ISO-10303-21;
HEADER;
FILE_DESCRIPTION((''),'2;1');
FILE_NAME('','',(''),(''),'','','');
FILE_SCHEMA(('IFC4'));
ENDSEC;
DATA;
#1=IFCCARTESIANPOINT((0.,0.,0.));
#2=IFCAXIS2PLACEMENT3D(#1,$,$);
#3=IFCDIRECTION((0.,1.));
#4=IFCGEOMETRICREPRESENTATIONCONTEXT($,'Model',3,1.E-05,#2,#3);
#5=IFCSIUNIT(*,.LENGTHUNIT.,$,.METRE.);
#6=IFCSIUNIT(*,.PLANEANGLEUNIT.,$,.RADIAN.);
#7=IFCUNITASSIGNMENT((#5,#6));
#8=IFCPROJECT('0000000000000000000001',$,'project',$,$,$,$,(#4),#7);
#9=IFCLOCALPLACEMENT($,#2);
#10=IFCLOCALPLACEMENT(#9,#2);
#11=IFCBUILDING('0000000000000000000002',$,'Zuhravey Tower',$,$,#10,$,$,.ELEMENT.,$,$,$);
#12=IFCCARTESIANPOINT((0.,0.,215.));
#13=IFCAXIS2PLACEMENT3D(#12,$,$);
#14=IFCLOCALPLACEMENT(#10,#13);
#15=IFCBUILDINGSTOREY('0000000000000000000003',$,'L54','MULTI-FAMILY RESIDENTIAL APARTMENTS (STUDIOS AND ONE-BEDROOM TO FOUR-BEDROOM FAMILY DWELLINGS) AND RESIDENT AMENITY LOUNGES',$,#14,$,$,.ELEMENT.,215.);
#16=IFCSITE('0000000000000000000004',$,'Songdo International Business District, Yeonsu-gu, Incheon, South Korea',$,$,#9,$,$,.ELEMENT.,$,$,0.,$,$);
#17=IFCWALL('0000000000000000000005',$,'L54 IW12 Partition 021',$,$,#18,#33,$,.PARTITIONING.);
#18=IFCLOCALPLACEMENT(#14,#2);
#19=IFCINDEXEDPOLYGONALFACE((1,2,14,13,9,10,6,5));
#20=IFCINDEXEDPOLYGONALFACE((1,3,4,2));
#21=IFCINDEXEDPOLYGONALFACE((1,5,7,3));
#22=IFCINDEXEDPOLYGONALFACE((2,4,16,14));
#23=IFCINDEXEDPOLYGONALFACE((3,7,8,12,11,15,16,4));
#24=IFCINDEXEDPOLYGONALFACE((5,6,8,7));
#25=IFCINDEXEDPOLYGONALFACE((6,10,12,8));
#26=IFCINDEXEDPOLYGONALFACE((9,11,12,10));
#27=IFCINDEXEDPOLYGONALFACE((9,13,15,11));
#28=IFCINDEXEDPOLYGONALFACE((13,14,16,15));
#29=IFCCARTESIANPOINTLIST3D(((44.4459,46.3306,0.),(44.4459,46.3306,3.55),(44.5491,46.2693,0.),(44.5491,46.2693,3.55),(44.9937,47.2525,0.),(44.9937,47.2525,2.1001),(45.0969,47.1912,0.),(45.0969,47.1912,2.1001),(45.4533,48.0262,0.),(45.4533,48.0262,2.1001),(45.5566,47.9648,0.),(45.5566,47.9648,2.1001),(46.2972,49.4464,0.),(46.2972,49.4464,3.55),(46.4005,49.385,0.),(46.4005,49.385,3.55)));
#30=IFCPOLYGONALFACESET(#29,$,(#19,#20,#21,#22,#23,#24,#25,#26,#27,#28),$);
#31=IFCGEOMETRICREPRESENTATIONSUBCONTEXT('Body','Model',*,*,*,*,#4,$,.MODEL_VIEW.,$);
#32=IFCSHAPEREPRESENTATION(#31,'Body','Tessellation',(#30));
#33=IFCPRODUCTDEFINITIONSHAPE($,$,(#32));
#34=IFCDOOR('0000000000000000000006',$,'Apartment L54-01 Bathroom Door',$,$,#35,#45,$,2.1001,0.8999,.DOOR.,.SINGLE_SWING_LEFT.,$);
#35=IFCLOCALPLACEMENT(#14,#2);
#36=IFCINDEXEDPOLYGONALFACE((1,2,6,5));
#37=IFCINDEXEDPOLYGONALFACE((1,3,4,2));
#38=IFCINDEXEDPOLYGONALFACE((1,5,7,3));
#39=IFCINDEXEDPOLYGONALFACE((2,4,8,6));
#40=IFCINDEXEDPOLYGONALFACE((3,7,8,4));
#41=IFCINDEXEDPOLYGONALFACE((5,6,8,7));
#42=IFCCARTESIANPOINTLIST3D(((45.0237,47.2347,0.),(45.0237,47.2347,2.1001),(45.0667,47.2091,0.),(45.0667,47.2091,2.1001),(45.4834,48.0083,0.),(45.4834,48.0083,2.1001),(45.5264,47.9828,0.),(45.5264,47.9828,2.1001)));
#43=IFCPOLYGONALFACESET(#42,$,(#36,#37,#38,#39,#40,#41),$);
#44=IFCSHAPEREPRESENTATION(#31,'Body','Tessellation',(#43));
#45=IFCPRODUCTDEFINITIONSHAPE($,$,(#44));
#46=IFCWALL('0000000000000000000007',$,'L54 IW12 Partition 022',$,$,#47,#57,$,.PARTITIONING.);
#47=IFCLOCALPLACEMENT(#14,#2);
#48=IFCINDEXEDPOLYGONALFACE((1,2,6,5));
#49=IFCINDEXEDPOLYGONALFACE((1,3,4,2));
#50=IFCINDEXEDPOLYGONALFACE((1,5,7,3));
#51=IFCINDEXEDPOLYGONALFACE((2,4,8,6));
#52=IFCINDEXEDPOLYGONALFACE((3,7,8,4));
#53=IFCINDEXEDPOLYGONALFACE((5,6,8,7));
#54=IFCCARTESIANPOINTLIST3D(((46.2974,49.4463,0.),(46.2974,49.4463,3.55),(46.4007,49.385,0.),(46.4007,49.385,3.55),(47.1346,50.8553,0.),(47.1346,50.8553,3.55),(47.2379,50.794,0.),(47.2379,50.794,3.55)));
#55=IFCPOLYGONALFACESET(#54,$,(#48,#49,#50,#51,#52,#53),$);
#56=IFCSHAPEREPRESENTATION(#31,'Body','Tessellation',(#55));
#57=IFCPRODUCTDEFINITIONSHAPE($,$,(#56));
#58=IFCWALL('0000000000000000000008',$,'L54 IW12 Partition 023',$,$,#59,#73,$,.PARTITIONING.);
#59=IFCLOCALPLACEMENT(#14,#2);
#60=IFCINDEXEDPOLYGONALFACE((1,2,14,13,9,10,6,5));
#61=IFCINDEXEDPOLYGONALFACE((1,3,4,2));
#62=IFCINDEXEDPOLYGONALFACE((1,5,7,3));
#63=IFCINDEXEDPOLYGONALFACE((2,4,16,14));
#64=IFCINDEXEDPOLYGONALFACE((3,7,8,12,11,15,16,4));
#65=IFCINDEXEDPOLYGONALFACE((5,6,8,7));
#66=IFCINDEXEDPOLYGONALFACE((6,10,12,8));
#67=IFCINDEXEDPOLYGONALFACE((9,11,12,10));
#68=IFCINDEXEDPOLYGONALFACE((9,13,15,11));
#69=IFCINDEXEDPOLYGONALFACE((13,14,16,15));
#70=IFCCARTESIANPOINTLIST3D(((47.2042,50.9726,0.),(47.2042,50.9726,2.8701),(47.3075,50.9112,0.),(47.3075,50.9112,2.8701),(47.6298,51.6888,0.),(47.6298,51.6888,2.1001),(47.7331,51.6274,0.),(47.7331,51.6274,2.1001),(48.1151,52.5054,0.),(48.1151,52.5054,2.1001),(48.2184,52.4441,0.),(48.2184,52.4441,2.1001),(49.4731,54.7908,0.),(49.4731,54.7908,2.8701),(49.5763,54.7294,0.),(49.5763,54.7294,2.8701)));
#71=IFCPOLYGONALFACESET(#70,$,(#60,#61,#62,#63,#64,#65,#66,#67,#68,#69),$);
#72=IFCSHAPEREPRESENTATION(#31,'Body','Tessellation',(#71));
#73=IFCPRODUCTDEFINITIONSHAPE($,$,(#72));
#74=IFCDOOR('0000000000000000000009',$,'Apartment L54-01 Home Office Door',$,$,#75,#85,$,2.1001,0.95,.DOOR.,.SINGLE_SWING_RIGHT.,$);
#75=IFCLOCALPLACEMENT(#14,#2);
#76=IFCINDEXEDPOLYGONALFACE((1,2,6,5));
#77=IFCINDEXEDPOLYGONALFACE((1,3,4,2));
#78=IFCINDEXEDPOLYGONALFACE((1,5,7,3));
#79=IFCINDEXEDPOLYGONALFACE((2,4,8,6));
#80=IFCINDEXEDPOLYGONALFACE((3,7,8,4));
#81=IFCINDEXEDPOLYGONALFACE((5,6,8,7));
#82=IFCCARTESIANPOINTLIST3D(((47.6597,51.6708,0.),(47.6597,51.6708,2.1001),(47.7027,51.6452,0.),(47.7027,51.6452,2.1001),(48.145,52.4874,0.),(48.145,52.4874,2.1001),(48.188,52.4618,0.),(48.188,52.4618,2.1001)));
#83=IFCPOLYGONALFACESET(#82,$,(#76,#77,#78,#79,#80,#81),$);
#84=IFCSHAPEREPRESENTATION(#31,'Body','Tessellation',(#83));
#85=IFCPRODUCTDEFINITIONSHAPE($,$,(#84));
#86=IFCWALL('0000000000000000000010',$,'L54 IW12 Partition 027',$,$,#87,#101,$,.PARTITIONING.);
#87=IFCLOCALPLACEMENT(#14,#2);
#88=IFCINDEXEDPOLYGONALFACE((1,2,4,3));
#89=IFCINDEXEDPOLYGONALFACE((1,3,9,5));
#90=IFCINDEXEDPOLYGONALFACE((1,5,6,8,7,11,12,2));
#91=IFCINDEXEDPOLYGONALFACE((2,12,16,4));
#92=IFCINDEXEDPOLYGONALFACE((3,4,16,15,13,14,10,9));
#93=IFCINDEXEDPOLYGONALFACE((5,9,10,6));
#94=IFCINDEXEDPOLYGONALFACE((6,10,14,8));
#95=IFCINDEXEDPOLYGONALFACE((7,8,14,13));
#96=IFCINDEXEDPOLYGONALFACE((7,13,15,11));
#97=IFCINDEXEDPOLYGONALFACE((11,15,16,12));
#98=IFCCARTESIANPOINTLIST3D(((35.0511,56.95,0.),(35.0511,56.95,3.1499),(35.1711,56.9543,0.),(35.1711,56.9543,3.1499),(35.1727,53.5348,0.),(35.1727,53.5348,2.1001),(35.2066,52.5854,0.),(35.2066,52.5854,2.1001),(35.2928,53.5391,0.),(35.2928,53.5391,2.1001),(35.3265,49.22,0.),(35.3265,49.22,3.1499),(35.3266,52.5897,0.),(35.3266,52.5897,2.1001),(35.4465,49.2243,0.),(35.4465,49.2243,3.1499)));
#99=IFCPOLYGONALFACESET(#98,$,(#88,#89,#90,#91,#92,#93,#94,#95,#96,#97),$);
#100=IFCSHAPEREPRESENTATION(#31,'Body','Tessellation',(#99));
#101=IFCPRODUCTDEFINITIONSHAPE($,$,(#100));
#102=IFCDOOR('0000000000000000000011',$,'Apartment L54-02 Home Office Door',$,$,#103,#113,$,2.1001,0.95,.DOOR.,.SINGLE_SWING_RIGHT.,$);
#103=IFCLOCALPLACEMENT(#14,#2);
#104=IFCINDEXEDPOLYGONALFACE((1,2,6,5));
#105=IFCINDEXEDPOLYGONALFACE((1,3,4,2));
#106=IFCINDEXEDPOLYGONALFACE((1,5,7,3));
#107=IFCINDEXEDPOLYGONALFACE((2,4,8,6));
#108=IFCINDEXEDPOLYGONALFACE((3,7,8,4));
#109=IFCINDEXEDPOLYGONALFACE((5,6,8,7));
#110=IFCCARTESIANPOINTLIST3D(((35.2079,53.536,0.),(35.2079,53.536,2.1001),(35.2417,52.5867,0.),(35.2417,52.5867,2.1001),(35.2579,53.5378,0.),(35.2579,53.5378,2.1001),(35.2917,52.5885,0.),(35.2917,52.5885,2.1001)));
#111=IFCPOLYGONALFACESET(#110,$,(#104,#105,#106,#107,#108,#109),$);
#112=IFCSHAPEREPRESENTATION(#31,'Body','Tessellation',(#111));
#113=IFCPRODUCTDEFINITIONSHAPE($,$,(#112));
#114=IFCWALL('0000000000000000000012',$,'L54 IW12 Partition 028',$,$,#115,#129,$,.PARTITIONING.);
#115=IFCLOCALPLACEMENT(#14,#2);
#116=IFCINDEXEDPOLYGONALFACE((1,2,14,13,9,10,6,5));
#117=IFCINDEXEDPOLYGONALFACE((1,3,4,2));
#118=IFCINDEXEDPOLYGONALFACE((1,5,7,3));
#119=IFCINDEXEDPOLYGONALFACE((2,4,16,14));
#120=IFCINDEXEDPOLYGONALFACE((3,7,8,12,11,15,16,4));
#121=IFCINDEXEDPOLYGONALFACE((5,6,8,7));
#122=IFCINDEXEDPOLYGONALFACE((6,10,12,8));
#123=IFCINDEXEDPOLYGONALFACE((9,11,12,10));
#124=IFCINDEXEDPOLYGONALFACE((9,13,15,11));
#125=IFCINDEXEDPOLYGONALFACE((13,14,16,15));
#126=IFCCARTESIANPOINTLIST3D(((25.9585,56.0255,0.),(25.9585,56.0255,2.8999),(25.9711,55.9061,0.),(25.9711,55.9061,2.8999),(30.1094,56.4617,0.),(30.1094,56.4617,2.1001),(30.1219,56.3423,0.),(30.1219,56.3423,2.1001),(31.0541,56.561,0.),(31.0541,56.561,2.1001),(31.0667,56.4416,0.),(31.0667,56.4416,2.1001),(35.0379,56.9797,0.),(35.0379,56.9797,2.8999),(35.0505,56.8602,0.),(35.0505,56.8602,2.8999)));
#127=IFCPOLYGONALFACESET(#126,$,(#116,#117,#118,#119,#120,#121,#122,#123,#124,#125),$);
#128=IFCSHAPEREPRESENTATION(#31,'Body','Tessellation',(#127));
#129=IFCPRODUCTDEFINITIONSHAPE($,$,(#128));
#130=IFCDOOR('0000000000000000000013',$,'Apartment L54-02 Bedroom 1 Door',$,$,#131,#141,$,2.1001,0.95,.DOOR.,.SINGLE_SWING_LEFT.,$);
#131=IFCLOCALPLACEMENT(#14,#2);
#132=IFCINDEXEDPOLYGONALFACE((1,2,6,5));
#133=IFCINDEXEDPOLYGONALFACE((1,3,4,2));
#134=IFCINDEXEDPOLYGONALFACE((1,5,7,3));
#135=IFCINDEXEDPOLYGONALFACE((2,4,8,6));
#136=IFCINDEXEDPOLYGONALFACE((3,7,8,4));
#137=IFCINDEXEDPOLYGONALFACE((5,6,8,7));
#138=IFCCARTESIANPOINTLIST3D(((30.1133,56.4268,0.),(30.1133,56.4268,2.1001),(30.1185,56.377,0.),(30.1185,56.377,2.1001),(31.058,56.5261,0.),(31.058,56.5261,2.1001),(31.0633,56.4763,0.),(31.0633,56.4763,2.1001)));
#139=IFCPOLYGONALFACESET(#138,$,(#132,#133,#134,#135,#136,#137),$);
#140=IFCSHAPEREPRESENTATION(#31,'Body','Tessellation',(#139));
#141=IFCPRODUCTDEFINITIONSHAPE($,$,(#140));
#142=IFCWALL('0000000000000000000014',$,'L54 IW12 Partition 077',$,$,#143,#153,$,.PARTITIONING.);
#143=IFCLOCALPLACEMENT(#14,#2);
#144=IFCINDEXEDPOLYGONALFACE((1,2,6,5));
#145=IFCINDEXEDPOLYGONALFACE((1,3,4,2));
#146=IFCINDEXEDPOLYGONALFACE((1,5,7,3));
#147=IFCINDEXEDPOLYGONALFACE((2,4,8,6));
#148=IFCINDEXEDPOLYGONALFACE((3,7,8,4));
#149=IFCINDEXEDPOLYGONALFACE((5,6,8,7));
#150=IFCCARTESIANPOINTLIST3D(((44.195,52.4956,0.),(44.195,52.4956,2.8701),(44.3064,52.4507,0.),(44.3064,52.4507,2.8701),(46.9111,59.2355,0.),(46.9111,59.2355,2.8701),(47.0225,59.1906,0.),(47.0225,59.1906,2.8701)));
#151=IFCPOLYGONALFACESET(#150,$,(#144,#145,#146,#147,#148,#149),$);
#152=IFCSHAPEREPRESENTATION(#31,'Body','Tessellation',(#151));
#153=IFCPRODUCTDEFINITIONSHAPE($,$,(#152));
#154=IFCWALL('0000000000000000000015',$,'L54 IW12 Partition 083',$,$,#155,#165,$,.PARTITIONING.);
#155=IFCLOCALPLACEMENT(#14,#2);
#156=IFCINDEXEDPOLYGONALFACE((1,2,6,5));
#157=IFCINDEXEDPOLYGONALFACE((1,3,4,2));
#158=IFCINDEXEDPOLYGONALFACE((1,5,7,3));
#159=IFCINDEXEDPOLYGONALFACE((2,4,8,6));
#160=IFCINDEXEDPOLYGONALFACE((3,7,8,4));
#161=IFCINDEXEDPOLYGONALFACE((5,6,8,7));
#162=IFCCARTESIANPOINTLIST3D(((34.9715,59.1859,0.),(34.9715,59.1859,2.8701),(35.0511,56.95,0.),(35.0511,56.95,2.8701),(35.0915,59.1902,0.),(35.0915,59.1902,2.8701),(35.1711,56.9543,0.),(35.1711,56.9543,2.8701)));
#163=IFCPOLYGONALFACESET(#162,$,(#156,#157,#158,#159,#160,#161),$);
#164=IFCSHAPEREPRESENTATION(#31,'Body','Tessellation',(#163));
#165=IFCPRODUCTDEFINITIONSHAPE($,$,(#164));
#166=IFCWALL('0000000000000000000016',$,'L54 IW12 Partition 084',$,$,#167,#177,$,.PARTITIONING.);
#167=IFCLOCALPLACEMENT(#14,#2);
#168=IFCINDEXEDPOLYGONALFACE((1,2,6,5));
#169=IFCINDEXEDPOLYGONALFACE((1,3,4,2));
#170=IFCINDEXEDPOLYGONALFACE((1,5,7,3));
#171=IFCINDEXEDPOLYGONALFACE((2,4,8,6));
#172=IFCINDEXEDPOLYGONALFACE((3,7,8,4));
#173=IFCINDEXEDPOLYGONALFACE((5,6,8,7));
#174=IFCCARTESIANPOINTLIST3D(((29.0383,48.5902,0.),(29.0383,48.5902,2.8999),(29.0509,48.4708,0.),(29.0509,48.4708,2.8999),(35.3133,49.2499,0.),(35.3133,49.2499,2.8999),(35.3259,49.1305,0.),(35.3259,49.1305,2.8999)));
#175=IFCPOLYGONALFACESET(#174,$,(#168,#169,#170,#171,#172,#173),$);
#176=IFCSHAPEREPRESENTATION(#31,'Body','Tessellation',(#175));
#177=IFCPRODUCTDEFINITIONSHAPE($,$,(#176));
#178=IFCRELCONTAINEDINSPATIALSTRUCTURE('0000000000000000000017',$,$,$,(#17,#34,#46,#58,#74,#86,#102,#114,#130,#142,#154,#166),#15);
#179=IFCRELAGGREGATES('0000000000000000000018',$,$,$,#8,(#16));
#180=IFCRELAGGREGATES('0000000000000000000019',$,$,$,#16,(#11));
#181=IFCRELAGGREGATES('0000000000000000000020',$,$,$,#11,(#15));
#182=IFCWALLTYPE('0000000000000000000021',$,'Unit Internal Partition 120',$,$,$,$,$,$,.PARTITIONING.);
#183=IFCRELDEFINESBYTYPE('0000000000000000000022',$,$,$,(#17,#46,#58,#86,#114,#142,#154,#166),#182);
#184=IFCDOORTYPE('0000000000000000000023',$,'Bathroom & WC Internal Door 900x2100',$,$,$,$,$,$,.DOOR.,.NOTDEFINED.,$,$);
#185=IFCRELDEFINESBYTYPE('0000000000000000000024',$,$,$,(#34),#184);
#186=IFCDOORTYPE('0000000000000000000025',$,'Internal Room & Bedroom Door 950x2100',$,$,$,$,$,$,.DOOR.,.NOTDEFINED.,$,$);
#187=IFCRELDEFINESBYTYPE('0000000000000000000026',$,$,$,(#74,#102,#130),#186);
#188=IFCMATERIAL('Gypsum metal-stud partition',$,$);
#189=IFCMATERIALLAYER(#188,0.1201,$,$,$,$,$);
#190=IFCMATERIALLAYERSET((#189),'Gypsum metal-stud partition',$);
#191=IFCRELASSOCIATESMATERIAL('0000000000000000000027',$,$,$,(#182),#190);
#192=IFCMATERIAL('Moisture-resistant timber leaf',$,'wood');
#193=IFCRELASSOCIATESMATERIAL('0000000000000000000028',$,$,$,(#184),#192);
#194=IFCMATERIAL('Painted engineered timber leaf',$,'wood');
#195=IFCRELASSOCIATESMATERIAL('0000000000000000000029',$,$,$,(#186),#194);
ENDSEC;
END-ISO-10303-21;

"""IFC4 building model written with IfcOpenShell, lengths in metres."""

from ifc_helpers import new_model, si_unit, direction, frame, frame_2d, origin, place, context, subcontext, project, spatial, rectangle, extrude, material, layer, layer_set, type_object, element, fill, save


model = new_model("IFC4")

# Units and contexts
model_context = context("Model", 3, precision=1e-05, world=origin(), true_north=direction((0.0, 1.0)))
body_context = subcontext(model_context, "Body", "Model", "MODEL_VIEW")
ifc_project = project(units=[si_unit("LENGTHUNIT", "METRE"), si_unit("PLANEANGLEUNIT", "RADIAN")], contexts=[model_context])

# Site, building, storey
site_placement = place(None, origin())
site = spatial("IfcSite", under=ifc_project, at=site_placement, Name="Songdo International Business District, Yeonsu-gu, Incheon, South Korea", CompositionType="ELEMENT", RefElevation=0.0)
building_placement = place(site_placement, origin())
building = spatial("IfcBuilding", under=site, at=building_placement, Name="Zuhravey Tower", CompositionType="ELEMENT")
storey_placement = place(building_placement, frame((0.0, 0.0, 215.0)))
storey = spatial("IfcBuildingStorey", under=building, at=storey_placement, Name="L54", Description="MULTI-FAMILY RESIDENTIAL APARTMENTS (STUDIOS AND ONE-BEDROOM TO FOUR-BEDROOM FAMILY DWELLINGS) AND RESIDENT AMENITY LOUNGES", CompositionType="ELEMENT", Elevation=215.0)

# Wall, opening, door
ifc_material_1 = material(Name="Gypsum metal-stud partition")
ifc_layer_1 = layer(ifc_material_1, 0.1201)
ifc_layer_set_1 = layer_set([ifc_layer_1], Name="Gypsum metal-stud partition")
wall_type = type_object("IfcWallType", Name="Unit Internal Partition 120", PredefinedType="PARTITIONING", material=ifc_layer_set_1)
wall_1_placement = place(storey_placement, frame((44.4976, 46.3, 0.0), z_axis=(0.0, 0.0, 1.0), x_axis=(0.510816, 0.85969, 0.0)))
wall_1 = element("IfcWall", 1, at=wall_1_placement, inside=storey, type_object=wall_type, Name="L54 IW12 Partition 021", PredefinedType="PARTITIONING", context=body_context, shape_type="SweptSolid", body=[
    extrude(rectangle(XDim=3.6243, YDim=0.1201, at=frame_2d((1.812, 0.0))), origin(), (0.0, 0.0, 1.0), 3.55),
])
opening_1_placement = place(wall_1_placement, frame((1.0723, 0.0, 0.0)))
opening_1 = element("IfcOpeningElement", 2, at=opening_1_placement, cuts=wall_1, PredefinedType="OPENING", context=body_context, shape_type="SweptSolid", body=[
    extrude(rectangle(XDim=0.8999, YDim=2.1001, at=frame_2d((0.45, 1.05))), frame((0.0, 0.072, 0.0), z_axis=(0.0, -1.0, 0.0), x_axis=(1.0, 0.0, 0.0)), (0.0, 0.0, 1.0), 0.144),
])
ifc_material_2 = material(Name="Moisture-resistant timber leaf", Category="wood")
door_type_1 = type_object("IfcDoorType", Name="Bathroom & WC Internal Door 900x2100", OperationType="NOTDEFINED", PredefinedType="DOOR", material=ifc_material_2)
door_1_placement = place(opening_1_placement, frame((0.8999, 0.0, 0.0), z_axis=(0.0, 0.0, 1.0), x_axis=(-1.0, 0.0, 0.0)))
door_1 = element("IfcDoor", 3, at=door_1_placement, inside=storey, type_object=door_type_1, Name="Apartment L54-01 Bathroom Door", OperationType="SINGLE_SWING_LEFT", OverallHeight=2.1001, OverallWidth=0.8999, PredefinedType="DOOR", context=body_context, shape_type="SweptSolid", body=[
    extrude(rectangle(XDim=0.8999, YDim=2.1001, at=frame_2d((0.45, 1.05))), frame((0.0, 0.0249, 0.0), z_axis=(0.0, -1.0, 0.0), x_axis=(1.0, 0.0, 0.0)), (0.0, 0.0, 1.0), 0.05),
])
fill(opening_1, door_1)

# Wall
wall_2_placement = place(storey_placement, frame((46.3491, 49.4158, 0.0), z_axis=(0.0, 0.0, 1.0), x_axis=(0.510811, 0.859693, 0.0)))
element("IfcWall", 4, at=wall_2_placement, inside=storey, type_object=wall_type, Name="L54 IW12 Partition 022", PredefinedType="PARTITIONING", context=body_context, shape_type="SweptSolid", body=[
    extrude(rectangle(XDim=1.6389, YDim=0.1201, at=frame_2d((0.8193, 0.0))), origin(), (0.0, 0.0, 1.0), 3.55),
])

# Walls, openings, doors
wall_3_placement = place(storey_placement, frame((47.2559, 50.9419, 0.0), z_axis=(0.0, 0.0, 1.0), x_axis=(0.510837, 0.859677, 0.0)))
wall_3 = element("IfcWall", 5, at=wall_3_placement, inside=storey, type_object=wall_type, Name="L54 IW12 Partition 023", PredefinedType="PARTITIONING", context=body_context, shape_type="SweptSolid", body=[
    extrude(rectangle(XDim=4.4414, YDim=0.1201, at=frame_2d((2.2207, 0.0))), origin(), (0.0, 0.0, 1.0), 2.8701),
])
opening_2_placement = place(wall_3_placement, frame((0.833, 0.0, 0.0)))
opening_2 = element("IfcOpeningElement", 6, at=opening_2_placement, cuts=wall_3, PredefinedType="OPENING", context=body_context, shape_type="SweptSolid", body=[
    extrude(rectangle(XDim=0.95, YDim=2.1001, at=frame_2d((0.4751, 1.05))), frame((0.0, 0.072, 0.0), z_axis=(0.0, -1.0, 0.0), x_axis=(1.0, 0.0, 0.0)), (0.0, 0.0, 1.0), 0.144),
])
ifc_material_3 = material(Name="Painted engineered timber leaf", Category="wood")
door_type_2 = type_object("IfcDoorType", Name="Internal Room & Bedroom Door 950x2100", OperationType="NOTDEFINED", PredefinedType="DOOR", material=ifc_material_3)
door_2_placement = place(opening_2_placement, frame((0.95, 0.0, 0.0), z_axis=(0.0, 0.0, 1.0), x_axis=(-1.0, 0.0, 0.0)))
door_2 = element("IfcDoor", 7, at=door_2_placement, inside=storey, type_object=door_type_2, Name="Apartment L54-01 Home Office Door", OperationType="SINGLE_SWING_RIGHT", OverallHeight=2.1001, OverallWidth=0.95, PredefinedType="DOOR", context=body_context, shape_type="SweptSolid", body=[
    extrude(rectangle(XDim=0.95, YDim=2.1001, at=frame_2d((0.4751, 1.05))), frame((0.0, 0.0249, 0.0), z_axis=(0.0, -1.0, 0.0), x_axis=(1.0, 0.0, 0.0)), (0.0, 0.0, 1.0), 0.05),
])
fill(opening_2, door_2)
wall_4_placement = place(storey_placement, frame((35.3865, 49.2222, 0.0), z_axis=(0.0, 0.0, 1.0), x_axis=(-0.035604, 0.999366, 0.0)))
wall_4 = element("IfcWall", 8, at=wall_4_placement, inside=storey, type_object=wall_type, Name="L54 IW12 Partition 027", PredefinedType="PARTITIONING", context=body_context, shape_type="SweptSolid", body=[
    extrude(rectangle(XDim=7.7349, YDim=0.1201, at=frame_2d((3.8674, 0.0))), origin(), (0.0, 0.0, 1.0), 3.1499),
])
opening_3_placement = place(wall_4_placement, frame((3.3674, 0.0, 0.0)))
opening_3 = element("IfcOpeningElement", 9, at=opening_3_placement, cuts=wall_4, PredefinedType="OPENING", context=body_context, shape_type="SweptSolid", body=[
    extrude(rectangle(XDim=0.95, YDim=2.1001, at=frame_2d((0.4751, 1.05))), frame((0.0, 0.072, 0.0), z_axis=(0.0, -1.0, 0.0), x_axis=(1.0, 0.0, 0.0)), (0.0, 0.0, 1.0), 0.144),
])
door_3_placement = place(opening_3_placement, origin())
door_3 = element("IfcDoor", 10, at=door_3_placement, inside=storey, type_object=door_type_2, Name="Apartment L54-02 Home Office Door", OperationType="SINGLE_SWING_RIGHT", OverallHeight=2.1001, OverallWidth=0.95, PredefinedType="DOOR", context=body_context, shape_type="SweptSolid", body=[
    extrude(rectangle(XDim=0.95, YDim=2.1001, at=frame_2d((0.4751, 1.05))), frame((0.0, 0.0249, 0.0), z_axis=(0.0, -1.0, 0.0), x_axis=(1.0, 0.0, 0.0)), (0.0, 0.0, 1.0), 0.05),
])
fill(opening_3, door_3)
wall_5_placement = place(storey_placement, frame((35.0442, 56.9199, 0.0), z_axis=(0.0, 0.0, 1.0), x_axis=(-0.994524, -0.104509, 0.0)))
wall_5 = element("IfcWall", 11, at=wall_5_placement, inside=storey, type_object=wall_type, Name="L54 IW12 Partition 028", PredefinedType="PARTITIONING", context=body_context, shape_type="SweptSolid", body=[
    extrude(rectangle(XDim=9.1294, YDim=0.1201, at=frame_2d((4.5647, 0.0))), origin(), (0.0, 0.0, 1.0), 2.8999),
])
opening_4_placement = place(wall_5_placement, frame((4.0056, 0.0, 0.0)))
opening_4 = element("IfcOpeningElement", 12, at=opening_4_placement, cuts=wall_5, PredefinedType="OPENING", context=body_context, shape_type="SweptSolid", body=[
    extrude(rectangle(XDim=0.95, YDim=2.1001, at=frame_2d((0.4751, 1.05))), frame((0.0, 0.072, 0.0), z_axis=(0.0, -1.0, 0.0), x_axis=(1.0, 0.0, 0.0)), (0.0, 0.0, 1.0), 0.144),
])
door_4_placement = place(opening_4_placement, frame((0.95, 0.0, 0.0), z_axis=(0.0, 0.0, 1.0), x_axis=(-1.0, 0.0, 0.0)))
door_4 = element("IfcDoor", 13, at=door_4_placement, inside=storey, type_object=door_type_2, Name="Apartment L54-02 Bedroom 1 Door", OperationType="SINGLE_SWING_LEFT", OverallHeight=2.1001, OverallWidth=0.95, PredefinedType="DOOR", context=body_context, shape_type="SweptSolid", body=[
    extrude(rectangle(XDim=0.95, YDim=2.1001, at=frame_2d((0.4751, 1.05))), frame((0.0, 0.0249, 0.0), z_axis=(0.0, -1.0, 0.0), x_axis=(1.0, 0.0, 0.0)), (0.0, 0.0, 1.0), 0.05),
])
fill(opening_4, door_4)

# Walls
wall_6_placement = place(storey_placement, frame((44.2507, 52.4731, 0.0), z_axis=(0.0, 0.0, 1.0), x_axis=(0.37377, 0.927521, 0.0)))
element("IfcWall", 14, at=wall_6_placement, inside=storey, type_object=wall_type, Name="L54 IW12 Partition 077", PredefinedType="PARTITIONING", context=body_context, shape_type="SweptSolid", body=[
    extrude(rectangle(XDim=7.2666, YDim=0.1201, at=frame_2d((3.6333, 0.0))), origin(), (0.0, 0.0, 1.0), 2.8701),
])
wall_7_placement = place(storey_placement, frame((35.1111, 56.9521, 0.0), z_axis=(0.0, 0.0, 1.0), x_axis=(-0.035575, 0.999367, 0.0)))
element("IfcWall", 15, at=wall_7_placement, inside=storey, type_object=wall_type, Name="L54 IW12 Partition 083", PredefinedType="PARTITIONING", context=body_context, shape_type="SweptSolid", body=[
    extrude(rectangle(XDim=2.2373, YDim=0.1201, at=frame_2d((1.1187, 0.0))), origin(), (0.0, 0.0, 1.0), 2.8701),
])
wall_8_placement = place(storey_placement, frame((35.3196, 49.1902, 0.0), z_axis=(0.0, 0.0, 1.0), x_axis=(-0.994519, -0.104552, 0.0)))
element("IfcWall", 16, at=wall_8_placement, inside=storey, type_object=wall_type, Name="L54 IW12 Partition 084", PredefinedType="PARTITIONING", context=body_context, shape_type="SweptSolid", body=[
    extrude(rectangle(XDim=6.3096, YDim=0.1201, at=frame_2d((3.1548, 0.0))), origin(), (0.0, 0.0, 1.0), 2.8999),
])

save(model, "model.ifc")
